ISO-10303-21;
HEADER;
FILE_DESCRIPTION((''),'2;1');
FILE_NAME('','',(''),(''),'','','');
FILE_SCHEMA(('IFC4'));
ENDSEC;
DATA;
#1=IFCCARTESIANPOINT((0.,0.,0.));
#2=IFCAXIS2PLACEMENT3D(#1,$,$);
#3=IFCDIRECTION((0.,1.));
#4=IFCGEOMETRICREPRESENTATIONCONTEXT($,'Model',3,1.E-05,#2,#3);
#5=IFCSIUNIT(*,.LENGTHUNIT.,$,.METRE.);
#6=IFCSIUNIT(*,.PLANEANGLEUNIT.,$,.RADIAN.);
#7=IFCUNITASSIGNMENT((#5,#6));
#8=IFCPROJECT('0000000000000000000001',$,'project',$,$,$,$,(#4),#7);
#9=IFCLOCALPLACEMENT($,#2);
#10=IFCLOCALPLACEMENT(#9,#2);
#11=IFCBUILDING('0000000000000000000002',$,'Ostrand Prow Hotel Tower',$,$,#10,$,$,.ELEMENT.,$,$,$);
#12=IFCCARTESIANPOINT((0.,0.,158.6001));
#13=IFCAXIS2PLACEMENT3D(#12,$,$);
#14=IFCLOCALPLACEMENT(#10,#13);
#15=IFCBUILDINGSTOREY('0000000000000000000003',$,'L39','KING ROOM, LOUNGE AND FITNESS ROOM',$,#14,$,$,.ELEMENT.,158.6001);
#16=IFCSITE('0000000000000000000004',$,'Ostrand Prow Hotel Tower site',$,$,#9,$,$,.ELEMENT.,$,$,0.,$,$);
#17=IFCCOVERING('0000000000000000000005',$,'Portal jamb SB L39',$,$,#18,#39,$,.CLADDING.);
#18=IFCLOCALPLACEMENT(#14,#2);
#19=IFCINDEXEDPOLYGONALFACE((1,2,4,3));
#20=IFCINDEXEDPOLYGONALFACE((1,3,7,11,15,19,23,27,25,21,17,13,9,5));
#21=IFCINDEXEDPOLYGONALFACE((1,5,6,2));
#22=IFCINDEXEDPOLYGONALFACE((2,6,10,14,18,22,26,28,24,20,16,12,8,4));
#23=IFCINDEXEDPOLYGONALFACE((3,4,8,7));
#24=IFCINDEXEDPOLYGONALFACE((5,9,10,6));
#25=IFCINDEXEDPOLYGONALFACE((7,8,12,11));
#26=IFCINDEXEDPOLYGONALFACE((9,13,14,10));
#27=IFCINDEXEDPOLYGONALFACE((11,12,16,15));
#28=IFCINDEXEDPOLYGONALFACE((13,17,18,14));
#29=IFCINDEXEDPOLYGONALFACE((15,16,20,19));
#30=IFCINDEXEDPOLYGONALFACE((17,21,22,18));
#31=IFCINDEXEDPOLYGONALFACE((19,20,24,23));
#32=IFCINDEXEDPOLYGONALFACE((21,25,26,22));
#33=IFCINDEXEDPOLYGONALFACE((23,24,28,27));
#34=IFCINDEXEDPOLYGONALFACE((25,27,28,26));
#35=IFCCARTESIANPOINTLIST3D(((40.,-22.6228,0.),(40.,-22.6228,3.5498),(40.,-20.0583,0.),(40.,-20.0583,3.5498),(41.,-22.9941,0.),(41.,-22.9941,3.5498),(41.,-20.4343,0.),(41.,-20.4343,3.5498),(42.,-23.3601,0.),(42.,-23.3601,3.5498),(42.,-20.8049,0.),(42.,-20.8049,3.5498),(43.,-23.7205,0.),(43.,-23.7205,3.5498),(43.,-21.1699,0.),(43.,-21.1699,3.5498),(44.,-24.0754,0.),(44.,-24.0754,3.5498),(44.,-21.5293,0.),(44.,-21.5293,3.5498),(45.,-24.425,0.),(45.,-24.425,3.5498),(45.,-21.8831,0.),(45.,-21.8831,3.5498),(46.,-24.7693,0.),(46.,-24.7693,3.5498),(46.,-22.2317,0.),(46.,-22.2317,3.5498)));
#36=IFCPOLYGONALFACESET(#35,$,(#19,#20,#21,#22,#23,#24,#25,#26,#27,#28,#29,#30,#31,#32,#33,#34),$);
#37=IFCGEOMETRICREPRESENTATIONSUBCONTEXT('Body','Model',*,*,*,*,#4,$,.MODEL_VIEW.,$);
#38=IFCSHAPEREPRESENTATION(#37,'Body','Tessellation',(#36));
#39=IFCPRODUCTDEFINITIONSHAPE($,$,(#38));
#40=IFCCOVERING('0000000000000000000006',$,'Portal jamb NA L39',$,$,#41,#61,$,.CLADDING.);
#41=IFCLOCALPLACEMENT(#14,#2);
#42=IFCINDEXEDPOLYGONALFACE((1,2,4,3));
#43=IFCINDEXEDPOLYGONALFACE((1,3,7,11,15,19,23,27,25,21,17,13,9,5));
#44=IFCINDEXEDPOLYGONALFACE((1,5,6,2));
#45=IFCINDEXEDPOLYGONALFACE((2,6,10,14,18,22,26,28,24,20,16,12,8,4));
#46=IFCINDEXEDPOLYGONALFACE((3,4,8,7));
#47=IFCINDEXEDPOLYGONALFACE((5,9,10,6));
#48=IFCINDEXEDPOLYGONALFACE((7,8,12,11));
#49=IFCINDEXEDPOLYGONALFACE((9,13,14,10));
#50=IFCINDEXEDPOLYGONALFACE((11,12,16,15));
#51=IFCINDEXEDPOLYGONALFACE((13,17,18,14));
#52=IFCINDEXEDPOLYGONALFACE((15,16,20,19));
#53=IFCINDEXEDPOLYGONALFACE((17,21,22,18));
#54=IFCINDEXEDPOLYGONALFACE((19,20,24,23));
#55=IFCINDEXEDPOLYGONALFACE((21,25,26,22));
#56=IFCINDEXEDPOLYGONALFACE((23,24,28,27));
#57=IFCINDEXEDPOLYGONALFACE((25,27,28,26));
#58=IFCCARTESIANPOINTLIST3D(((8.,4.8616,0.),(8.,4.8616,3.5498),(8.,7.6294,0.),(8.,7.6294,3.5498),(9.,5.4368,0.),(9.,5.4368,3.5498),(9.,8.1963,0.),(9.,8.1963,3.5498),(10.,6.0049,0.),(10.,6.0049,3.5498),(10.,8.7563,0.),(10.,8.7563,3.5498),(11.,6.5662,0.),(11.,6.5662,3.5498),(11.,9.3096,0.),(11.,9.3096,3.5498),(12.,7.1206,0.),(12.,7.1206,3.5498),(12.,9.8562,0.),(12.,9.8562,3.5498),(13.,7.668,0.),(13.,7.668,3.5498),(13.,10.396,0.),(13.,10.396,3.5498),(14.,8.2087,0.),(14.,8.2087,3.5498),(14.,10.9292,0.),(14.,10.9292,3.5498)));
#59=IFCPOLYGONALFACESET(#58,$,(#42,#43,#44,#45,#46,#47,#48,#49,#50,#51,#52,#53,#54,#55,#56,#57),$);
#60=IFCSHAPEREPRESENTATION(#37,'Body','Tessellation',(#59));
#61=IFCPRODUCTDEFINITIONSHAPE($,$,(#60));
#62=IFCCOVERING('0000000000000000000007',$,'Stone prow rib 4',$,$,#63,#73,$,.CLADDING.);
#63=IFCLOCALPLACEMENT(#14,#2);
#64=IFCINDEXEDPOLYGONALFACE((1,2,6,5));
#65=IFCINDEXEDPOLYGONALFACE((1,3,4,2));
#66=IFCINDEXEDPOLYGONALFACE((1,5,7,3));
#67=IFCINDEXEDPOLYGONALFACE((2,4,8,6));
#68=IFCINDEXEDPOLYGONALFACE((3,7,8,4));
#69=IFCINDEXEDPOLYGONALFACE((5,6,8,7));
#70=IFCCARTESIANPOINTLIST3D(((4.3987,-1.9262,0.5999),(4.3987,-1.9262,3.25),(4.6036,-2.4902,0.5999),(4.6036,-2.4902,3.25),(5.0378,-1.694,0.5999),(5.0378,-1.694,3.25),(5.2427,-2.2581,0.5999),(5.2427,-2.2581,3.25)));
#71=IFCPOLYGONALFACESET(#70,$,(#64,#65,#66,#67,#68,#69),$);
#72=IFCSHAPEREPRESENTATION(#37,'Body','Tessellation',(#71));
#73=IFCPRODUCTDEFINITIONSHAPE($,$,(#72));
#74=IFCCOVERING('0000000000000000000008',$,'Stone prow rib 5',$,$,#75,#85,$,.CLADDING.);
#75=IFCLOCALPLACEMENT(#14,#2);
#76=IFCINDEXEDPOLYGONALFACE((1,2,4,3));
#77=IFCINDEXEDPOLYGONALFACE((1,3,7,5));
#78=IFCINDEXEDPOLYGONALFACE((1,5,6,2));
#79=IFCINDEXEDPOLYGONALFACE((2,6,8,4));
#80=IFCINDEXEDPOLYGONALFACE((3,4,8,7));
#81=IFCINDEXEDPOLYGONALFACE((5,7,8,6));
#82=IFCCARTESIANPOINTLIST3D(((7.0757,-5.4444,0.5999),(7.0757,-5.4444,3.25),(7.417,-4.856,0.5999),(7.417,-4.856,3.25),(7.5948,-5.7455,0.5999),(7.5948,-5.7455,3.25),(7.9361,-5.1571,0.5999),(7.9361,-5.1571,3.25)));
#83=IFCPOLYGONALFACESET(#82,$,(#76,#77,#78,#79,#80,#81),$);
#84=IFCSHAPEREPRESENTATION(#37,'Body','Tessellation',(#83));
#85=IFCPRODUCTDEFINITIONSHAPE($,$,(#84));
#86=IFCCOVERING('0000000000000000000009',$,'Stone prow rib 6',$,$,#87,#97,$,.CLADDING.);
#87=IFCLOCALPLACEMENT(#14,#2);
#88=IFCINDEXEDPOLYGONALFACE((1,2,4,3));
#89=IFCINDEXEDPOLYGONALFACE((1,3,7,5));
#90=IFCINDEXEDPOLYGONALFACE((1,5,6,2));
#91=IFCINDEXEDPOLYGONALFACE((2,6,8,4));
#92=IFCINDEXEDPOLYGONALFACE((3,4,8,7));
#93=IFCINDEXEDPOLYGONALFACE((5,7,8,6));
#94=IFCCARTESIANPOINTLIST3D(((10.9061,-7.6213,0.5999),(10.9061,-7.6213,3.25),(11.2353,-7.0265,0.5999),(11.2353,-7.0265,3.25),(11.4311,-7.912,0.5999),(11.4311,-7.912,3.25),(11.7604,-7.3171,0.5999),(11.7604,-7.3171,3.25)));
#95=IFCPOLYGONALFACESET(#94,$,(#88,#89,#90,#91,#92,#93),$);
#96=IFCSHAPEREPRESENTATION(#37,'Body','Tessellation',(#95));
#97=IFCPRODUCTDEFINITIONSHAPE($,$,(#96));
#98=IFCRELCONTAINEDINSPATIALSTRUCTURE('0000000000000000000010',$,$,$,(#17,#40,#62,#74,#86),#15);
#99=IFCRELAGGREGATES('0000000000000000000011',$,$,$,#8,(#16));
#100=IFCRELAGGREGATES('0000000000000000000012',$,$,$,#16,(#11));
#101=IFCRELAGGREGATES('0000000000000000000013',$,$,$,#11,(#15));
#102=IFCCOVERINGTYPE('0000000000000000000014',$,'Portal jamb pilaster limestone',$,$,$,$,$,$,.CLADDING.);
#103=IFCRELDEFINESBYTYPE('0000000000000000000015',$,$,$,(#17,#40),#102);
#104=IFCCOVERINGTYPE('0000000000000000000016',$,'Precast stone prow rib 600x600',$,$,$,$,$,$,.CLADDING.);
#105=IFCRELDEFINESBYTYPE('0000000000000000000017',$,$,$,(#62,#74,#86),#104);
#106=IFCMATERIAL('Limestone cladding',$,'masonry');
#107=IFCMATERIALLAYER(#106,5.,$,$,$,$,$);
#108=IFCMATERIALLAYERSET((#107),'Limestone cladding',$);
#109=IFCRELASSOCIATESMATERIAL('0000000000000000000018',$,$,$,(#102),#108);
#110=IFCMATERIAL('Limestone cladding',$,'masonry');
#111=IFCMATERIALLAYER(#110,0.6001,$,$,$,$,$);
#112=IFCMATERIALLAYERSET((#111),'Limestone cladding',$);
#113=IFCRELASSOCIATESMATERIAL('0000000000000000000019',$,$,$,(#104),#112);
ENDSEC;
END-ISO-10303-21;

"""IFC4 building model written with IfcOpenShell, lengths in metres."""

from ifc_helpers import new_model, si_unit, direction, frame, frame_2d, origin, place, context, subcontext, project, spatial, polyline, rectangle, outline, extrude, material, layer, layer_set, type_object, element, save


model = new_model("IFC4")

# Units and contexts
model_context = context("Model", 3, precision=1e-05, world=origin(), true_north=direction((0.0, 1.0)))
body_context = subcontext(model_context, "Body", "Model", "MODEL_VIEW")
ifc_project = project(units=[si_unit("LENGTHUNIT", "METRE"), si_unit("PLANEANGLEUNIT", "RADIAN")], contexts=[model_context])

# Site, building, storey
site_placement = place(None, origin())
site = spatial("IfcSite", under=ifc_project, at=site_placement, Name="Ostrand Prow Hotel Tower site", CompositionType="ELEMENT", RefElevation=0.0)
building_placement = place(site_placement, origin())
building = spatial("IfcBuilding", under=site, at=building_placement, Name="Ostrand Prow Hotel Tower", CompositionType="ELEMENT")
storey_placement = place(building_placement, frame((0.0, 0.0, 158.6001)))
storey = spatial("IfcBuildingStorey", under=building, at=storey_placement, Name="L39", Description="KING ROOM, LOUNGE AND FITNESS ROOM", CompositionType="ELEMENT", Elevation=158.6001)

# Coverings
ifc_material_1 = material(Name="Limestone cladding", Category="masonry")
ifc_layer_1 = layer(ifc_material_1, 5.0)
ifc_layer_set_1 = layer_set([ifc_layer_1], Name="Limestone cladding")
covering_type_1 = type_object("IfcCoveringType", Name="Portal jamb pilaster limestone", PredefinedType="CLADDING", material=ifc_layer_set_1)
covering_1_placement = place(storey_placement, origin())
element("IfcCovering", 1, at=covering_1_placement, inside=storey, type_object=covering_type_1, Name="Portal jamb SB L39", PredefinedType="CLADDING", context=body_context, shape_type="SweptSolid", body=[
    extrude(outline(polyline([(40.0, -20.0583), (40.0, -22.6228), (41.0, -22.9941), (42.0, -23.3601), (43.0, -23.7205), (44.0, -24.0754), (45.0, -24.425), (46.0, -24.7693), (46.0, -22.2317), (45.0, -21.8831), (44.0, -21.5293), (43.0, -21.1699), (42.0, -20.8049), (41.0, -20.4343), (40.0, -20.0583)])), origin(), (0.0, 0.0, 1.0), 3.5498),
])
covering_2_placement = place(storey_placement, origin())
element("IfcCovering", 2, at=covering_2_placement, inside=storey, type_object=covering_type_1, Name="Portal jamb NA L39", PredefinedType="CLADDING", context=body_context, shape_type="SweptSolid", body=[
    extrude(outline(polyline([(8.0, 4.8616), (9.0, 5.4368), (10.0, 6.0049), (11.0, 6.5662), (12.0, 7.1206), (13.0, 7.668), (14.0, 8.2087), (14.0, 10.9292), (13.0, 10.396), (12.0, 9.8562), (11.0, 9.3096), (10.0, 8.7563), (9.0, 8.1963), (8.0, 7.6294), (8.0, 4.8616)])), origin(), (0.0, 0.0, 1.0), 3.5498),
])
ifc_material_2 = material(Name="Limestone cladding", Category="masonry")
ifc_layer_2 = layer(ifc_material_2, 0.6001)
ifc_layer_set_2 = layer_set([ifc_layer_2], Name="Limestone cladding")
covering_type_2 = type_object("IfcCoveringType", Name="Precast stone prow rib 600x600", PredefinedType="CLADDING", material=ifc_layer_set_2)
covering_3_placement = place(storey_placement, frame((5.1401, -1.9761, 0.5999), z_axis=(0.0, 0.0, 1.0), x_axis=(-0.939909, -0.341426, 0.0)))
element("IfcCovering", 3, at=covering_3_placement, inside=storey, type_object=covering_type_2, Name="Stone prow rib 4", PredefinedType="CLADDING", context=body_context, shape_type="SweptSolid", body=[
    extrude(rectangle(XDim=0.6799, YDim=0.6001, at=frame_2d((0.3398, 0.0))), origin(), (0.0, 0.0, 1.0), 2.6501),
])
covering_4_placement = place(storey_placement, frame((7.6765, -5.0066, 0.5999), z_axis=(0.0, 0.0, 1.0), x_axis=(-0.501772, -0.865, 0.0)))
element("IfcCovering", 4, at=covering_4_placement, inside=storey, type_object=covering_type_2, Name="Stone prow rib 5", PredefinedType="CLADDING", context=body_context, shape_type="SweptSolid", body=[
    extrude(rectangle(XDim=0.6802, YDim=0.6001, at=frame_2d((0.3401, 0.0))), origin(), (0.0, 0.0, 1.0), 2.6501),
])
covering_5_placement = place(storey_placement, frame((11.4978, -7.1719, 0.5999), z_axis=(0.0, 0.0, 1.0), x_axis=(-0.484301, -0.874901, 0.0)))
element("IfcCovering", 5, at=covering_5_placement, inside=storey, type_object=covering_type_2, Name="Stone prow rib 6", PredefinedType="CLADDING", context=body_context, shape_type="SweptSolid", body=[
    extrude(rectangle(XDim=0.6799, YDim=0.6001, at=frame_2d((0.3398, 0.0))), origin(), (0.0, 0.0, 1.0), 2.6501),
])

save(model, "model.ifc")
